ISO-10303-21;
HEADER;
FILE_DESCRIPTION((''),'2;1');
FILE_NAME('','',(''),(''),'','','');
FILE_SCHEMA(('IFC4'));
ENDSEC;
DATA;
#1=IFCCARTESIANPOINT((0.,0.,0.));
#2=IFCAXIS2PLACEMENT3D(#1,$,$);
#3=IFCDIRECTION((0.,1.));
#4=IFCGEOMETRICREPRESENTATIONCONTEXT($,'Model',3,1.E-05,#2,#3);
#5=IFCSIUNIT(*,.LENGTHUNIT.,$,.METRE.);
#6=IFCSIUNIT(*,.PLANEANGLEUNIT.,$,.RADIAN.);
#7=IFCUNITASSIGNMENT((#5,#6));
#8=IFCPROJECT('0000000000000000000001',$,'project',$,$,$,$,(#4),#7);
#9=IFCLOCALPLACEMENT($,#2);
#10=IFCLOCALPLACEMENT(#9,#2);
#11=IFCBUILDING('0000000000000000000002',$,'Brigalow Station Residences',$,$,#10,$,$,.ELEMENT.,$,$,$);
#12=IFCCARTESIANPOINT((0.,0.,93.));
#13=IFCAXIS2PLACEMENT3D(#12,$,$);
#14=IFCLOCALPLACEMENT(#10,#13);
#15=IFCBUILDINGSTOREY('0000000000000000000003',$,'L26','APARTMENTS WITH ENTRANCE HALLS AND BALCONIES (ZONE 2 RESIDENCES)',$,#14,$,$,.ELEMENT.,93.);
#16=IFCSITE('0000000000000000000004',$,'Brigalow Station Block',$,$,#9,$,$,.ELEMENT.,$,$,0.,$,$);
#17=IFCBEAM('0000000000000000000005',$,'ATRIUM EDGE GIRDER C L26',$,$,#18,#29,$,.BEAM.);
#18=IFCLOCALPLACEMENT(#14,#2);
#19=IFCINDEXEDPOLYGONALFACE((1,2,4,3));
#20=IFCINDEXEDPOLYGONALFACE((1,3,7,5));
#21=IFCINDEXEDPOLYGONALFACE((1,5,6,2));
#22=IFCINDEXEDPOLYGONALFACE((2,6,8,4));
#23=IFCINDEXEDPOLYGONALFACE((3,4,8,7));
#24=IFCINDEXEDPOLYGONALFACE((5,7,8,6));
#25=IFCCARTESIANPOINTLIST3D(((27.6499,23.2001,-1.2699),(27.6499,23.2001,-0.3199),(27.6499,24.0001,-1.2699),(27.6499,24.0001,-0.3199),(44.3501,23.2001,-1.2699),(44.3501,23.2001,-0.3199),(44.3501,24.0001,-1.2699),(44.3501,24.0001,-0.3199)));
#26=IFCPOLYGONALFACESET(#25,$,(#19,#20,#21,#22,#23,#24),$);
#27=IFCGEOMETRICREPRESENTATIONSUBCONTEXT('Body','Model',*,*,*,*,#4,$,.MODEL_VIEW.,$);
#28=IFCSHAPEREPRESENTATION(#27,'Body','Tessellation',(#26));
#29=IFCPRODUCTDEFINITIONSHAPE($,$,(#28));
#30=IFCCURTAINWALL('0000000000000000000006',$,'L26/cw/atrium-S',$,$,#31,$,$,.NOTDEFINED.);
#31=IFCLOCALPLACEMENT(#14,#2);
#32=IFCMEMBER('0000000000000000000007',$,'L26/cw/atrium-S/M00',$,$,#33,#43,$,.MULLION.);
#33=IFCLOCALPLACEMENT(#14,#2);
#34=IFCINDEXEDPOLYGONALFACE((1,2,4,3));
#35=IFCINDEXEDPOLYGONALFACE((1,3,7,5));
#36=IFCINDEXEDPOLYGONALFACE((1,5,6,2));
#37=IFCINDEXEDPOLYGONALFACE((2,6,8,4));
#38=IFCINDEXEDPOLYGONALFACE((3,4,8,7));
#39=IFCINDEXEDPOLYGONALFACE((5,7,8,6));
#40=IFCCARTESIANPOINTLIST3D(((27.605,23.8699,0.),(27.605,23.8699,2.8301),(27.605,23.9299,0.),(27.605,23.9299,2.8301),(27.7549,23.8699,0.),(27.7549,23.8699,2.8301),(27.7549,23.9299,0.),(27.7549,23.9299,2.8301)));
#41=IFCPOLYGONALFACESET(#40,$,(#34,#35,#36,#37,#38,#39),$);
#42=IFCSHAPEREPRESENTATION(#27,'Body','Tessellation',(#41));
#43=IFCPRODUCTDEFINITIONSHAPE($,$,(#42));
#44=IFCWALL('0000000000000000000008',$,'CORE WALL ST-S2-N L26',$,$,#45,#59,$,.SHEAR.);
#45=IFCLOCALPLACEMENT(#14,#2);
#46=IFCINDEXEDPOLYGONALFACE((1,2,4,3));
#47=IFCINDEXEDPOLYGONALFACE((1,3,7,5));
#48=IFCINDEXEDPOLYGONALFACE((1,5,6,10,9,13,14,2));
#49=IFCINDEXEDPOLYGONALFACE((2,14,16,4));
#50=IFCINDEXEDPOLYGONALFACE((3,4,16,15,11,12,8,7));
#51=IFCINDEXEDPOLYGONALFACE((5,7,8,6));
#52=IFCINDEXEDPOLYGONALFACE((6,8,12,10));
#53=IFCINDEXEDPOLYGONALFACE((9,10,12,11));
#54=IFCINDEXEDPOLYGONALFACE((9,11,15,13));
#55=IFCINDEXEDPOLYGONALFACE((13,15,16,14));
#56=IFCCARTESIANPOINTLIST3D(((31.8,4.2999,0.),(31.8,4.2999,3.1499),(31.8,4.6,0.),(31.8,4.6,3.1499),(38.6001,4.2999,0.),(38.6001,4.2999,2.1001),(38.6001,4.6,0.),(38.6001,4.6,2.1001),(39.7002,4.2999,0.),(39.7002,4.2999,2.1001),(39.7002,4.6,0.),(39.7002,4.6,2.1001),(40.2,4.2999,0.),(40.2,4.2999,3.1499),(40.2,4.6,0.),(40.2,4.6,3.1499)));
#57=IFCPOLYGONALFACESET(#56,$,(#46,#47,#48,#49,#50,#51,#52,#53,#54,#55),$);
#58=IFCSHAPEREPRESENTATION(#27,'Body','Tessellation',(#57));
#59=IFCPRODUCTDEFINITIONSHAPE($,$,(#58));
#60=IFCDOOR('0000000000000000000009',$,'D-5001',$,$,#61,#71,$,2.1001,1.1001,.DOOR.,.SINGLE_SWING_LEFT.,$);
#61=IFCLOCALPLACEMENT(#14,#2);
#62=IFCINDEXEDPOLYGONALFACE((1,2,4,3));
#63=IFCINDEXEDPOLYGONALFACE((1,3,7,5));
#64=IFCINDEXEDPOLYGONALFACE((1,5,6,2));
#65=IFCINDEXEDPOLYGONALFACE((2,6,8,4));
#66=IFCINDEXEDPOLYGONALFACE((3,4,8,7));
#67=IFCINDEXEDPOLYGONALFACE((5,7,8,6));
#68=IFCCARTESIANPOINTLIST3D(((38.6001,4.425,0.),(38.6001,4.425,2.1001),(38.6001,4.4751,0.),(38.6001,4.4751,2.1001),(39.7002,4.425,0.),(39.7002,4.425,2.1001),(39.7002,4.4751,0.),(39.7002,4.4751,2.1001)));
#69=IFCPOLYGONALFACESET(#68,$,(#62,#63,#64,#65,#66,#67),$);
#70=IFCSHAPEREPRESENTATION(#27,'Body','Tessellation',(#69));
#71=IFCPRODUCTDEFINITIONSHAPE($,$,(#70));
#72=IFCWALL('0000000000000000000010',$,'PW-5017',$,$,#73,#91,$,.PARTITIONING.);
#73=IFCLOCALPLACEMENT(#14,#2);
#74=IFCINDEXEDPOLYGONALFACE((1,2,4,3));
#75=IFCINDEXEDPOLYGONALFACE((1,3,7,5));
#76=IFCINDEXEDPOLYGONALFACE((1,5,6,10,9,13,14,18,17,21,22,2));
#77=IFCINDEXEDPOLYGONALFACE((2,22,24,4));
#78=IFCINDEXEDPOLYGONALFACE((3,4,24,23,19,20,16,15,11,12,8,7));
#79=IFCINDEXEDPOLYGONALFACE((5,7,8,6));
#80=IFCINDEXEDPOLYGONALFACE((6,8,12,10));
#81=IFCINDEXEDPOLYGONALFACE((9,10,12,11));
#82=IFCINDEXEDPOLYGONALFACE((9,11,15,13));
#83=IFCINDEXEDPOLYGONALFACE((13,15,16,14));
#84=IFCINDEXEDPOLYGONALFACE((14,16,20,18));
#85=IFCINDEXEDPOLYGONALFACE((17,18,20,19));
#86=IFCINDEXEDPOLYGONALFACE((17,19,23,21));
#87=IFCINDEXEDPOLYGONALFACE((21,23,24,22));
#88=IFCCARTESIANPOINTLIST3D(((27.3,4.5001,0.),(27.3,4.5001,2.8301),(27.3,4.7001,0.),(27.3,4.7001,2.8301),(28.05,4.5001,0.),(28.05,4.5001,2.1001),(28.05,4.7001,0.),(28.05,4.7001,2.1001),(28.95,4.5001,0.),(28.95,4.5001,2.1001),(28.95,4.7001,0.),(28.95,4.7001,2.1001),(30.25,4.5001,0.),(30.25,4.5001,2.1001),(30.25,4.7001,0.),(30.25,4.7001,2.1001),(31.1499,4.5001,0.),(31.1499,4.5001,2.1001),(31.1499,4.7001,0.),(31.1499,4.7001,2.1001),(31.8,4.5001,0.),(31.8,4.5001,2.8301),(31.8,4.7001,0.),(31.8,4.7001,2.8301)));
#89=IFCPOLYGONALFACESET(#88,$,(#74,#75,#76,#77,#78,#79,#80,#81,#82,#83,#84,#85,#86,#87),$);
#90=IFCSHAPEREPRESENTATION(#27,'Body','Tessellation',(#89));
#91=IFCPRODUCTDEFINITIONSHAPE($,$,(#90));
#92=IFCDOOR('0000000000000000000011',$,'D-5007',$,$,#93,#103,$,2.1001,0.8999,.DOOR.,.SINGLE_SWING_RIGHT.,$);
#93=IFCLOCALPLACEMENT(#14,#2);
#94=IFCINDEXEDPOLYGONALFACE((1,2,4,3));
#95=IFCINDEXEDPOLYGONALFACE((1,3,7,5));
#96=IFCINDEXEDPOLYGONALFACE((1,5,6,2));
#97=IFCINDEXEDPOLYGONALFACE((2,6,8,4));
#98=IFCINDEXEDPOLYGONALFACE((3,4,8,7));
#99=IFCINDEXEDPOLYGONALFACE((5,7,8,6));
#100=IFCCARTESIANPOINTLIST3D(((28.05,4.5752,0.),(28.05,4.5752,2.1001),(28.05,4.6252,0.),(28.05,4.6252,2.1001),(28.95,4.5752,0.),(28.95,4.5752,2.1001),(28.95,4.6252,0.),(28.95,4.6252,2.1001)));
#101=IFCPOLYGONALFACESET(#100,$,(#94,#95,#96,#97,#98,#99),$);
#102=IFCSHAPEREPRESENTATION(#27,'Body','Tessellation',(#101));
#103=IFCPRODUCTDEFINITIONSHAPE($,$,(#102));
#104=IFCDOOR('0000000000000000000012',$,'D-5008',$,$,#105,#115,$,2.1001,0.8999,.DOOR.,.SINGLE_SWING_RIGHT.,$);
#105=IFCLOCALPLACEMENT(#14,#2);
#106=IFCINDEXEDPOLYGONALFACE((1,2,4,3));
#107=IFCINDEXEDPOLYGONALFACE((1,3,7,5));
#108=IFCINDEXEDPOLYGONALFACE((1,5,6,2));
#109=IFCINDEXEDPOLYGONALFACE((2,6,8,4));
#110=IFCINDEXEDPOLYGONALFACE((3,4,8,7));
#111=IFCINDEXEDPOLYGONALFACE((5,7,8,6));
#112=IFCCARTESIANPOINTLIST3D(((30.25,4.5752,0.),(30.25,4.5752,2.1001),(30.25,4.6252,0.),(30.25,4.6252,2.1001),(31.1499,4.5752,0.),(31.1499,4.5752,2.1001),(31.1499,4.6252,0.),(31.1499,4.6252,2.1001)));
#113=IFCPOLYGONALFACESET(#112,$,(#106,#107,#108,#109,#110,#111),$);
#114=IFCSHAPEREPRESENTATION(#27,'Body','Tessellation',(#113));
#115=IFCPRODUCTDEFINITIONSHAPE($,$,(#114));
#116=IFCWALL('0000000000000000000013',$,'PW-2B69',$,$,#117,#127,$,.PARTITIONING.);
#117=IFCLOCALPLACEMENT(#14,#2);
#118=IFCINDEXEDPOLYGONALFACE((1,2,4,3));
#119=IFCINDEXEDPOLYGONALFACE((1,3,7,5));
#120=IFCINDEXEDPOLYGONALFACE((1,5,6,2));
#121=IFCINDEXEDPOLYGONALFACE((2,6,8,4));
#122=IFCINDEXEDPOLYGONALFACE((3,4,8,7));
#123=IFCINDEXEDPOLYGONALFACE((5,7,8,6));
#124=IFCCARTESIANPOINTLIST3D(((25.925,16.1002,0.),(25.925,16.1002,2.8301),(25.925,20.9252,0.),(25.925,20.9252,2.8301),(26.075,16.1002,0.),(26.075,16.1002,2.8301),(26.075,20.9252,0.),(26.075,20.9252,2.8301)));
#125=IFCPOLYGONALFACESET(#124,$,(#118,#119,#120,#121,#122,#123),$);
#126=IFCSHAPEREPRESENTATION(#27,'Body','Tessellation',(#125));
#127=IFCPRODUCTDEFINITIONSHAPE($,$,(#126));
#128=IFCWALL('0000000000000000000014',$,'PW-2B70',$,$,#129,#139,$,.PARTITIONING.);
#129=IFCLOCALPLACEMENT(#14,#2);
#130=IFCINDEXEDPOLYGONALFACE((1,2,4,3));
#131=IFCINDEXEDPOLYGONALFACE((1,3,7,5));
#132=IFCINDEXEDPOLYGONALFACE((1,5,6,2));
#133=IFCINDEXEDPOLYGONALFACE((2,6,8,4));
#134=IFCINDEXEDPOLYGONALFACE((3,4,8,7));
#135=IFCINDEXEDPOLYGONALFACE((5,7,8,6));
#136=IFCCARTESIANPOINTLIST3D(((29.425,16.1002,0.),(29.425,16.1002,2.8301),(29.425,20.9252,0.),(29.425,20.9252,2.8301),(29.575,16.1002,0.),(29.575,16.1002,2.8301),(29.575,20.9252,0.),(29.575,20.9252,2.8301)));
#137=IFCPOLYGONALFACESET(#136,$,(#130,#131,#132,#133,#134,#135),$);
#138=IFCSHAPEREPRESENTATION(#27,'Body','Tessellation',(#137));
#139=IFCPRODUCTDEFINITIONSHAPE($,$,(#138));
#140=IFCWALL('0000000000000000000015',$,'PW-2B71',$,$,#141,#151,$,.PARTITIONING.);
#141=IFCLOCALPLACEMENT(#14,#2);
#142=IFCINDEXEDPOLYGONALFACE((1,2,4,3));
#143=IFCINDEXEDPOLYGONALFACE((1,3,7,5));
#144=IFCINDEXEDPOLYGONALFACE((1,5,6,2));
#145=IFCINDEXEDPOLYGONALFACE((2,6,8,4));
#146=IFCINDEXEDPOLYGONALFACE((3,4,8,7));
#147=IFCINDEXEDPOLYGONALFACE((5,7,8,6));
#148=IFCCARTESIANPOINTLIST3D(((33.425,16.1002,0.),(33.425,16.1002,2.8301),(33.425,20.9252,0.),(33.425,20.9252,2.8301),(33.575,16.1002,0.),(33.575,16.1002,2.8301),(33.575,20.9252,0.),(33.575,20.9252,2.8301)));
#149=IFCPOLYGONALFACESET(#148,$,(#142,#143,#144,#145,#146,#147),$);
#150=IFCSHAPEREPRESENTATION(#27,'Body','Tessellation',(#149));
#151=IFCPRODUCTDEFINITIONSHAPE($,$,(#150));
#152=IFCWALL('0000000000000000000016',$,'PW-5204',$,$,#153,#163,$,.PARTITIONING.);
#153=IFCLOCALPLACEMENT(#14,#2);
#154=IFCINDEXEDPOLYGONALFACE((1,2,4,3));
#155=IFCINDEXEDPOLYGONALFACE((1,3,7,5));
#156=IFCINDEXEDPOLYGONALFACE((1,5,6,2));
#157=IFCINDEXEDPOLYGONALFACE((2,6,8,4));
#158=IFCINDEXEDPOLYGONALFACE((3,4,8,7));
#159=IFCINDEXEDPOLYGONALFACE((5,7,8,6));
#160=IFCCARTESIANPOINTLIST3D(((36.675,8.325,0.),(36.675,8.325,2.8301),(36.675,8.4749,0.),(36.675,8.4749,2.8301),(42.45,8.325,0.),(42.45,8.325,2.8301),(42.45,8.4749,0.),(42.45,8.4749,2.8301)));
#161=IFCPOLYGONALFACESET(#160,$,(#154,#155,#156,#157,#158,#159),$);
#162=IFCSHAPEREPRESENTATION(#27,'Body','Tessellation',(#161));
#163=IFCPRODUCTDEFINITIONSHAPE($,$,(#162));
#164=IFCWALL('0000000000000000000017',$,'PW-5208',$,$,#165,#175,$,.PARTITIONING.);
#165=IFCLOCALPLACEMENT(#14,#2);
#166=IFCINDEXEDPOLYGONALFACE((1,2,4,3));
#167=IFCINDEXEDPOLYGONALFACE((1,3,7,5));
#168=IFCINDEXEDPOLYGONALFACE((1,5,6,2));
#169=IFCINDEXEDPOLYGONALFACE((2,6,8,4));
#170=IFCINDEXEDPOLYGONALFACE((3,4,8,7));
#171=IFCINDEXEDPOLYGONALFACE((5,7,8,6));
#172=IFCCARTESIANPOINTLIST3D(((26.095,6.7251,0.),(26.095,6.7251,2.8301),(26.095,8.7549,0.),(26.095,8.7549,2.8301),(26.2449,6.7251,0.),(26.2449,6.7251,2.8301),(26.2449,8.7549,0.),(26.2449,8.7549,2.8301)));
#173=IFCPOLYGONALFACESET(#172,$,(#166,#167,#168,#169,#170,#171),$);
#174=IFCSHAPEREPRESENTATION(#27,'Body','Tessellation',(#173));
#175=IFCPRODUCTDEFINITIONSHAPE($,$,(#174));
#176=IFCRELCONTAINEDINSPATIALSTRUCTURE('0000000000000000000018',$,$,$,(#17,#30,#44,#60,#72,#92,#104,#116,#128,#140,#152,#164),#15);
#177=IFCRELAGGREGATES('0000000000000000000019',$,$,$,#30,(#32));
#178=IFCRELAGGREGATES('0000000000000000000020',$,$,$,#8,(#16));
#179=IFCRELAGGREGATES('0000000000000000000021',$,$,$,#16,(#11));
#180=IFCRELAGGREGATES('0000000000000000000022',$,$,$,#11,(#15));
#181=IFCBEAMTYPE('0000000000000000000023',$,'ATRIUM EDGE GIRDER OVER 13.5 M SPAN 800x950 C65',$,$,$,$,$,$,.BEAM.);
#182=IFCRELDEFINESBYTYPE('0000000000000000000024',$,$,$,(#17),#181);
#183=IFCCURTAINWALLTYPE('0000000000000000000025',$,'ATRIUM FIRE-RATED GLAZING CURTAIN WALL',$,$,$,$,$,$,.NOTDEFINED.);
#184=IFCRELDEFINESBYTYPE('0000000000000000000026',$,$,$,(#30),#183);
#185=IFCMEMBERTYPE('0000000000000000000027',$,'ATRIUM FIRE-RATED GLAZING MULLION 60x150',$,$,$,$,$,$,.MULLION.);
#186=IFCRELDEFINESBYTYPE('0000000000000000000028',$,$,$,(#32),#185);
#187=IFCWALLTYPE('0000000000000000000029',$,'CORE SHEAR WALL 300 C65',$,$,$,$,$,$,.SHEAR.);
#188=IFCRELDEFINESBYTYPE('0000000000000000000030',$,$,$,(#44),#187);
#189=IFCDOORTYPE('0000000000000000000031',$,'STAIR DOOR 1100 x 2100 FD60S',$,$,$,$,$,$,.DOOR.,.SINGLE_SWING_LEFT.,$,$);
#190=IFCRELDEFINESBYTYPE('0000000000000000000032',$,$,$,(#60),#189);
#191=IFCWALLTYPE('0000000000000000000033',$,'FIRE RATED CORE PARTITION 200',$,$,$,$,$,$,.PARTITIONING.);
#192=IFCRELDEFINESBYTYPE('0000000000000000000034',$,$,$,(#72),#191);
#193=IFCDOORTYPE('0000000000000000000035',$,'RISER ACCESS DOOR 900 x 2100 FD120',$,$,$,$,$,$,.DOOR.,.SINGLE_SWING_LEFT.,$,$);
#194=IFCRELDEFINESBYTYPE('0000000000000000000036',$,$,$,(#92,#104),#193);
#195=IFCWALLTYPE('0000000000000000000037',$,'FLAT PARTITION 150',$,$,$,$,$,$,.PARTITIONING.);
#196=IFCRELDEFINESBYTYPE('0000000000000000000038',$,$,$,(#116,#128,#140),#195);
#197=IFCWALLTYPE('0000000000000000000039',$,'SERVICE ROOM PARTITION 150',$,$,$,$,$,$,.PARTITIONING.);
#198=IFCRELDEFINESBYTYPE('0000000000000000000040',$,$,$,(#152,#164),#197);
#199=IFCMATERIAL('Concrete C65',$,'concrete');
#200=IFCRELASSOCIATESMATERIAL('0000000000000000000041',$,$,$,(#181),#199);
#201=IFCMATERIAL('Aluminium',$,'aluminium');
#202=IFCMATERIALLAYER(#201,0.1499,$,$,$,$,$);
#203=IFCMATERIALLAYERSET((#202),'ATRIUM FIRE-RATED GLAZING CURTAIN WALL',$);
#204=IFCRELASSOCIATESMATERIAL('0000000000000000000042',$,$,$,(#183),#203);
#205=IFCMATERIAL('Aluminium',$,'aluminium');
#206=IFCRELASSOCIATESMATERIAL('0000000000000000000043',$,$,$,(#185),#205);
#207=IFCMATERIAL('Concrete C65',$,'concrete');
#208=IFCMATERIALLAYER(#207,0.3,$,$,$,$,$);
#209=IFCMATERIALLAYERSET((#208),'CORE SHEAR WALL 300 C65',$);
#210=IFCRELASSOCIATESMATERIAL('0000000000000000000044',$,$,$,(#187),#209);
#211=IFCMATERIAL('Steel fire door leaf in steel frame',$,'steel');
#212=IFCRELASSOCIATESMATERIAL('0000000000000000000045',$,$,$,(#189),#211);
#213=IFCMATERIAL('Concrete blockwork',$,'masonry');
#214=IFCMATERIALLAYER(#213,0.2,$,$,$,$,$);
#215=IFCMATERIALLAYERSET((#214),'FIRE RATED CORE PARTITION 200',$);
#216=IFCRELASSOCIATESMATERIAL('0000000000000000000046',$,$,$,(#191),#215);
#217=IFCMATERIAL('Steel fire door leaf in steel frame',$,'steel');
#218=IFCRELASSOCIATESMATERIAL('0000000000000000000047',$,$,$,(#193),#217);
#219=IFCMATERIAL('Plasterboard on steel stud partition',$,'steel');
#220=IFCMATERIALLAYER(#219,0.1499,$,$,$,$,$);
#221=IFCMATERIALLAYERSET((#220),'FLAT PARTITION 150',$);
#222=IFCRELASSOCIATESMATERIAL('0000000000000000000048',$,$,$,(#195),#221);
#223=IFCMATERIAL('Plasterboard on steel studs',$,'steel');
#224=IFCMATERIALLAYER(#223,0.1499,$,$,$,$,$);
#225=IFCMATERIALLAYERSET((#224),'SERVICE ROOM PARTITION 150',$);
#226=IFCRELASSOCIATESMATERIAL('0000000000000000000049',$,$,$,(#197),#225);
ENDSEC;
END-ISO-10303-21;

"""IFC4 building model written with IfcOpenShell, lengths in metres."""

from ifc_helpers import new_model, si_unit, direction, frame, frame_2d, origin, origin_2d, place, context, subcontext, project, spatial, rectangle, extrude, material, layer, layer_set, material_profile, profile_set, type_object, element, fill, aggregate, save


model = new_model("IFC4")

# Units and contexts
model_context = context("Model", 3, precision=1e-05, world=origin(), true_north=direction((0.0, 1.0)))
body_context = subcontext(model_context, "Body", "Model", "MODEL_VIEW")
ifc_project = project(units=[si_unit("LENGTHUNIT", "METRE"), si_unit("PLANEANGLEUNIT", "RADIAN")], contexts=[model_context])

# Site, building, storey
site_placement = place(None, origin())
site = spatial("IfcSite", under=ifc_project, at=site_placement, Name="Brigalow Station Block", CompositionType="ELEMENT", RefElevation=0.0)
building_placement = place(site_placement, origin())
building = spatial("IfcBuilding", under=site, at=building_placement, Name="Brigalow Station Residences", CompositionType="ELEMENT")
storey_placement = place(building_placement, frame((0.0, 0.0, 93.0)))
storey = spatial("IfcBuildingStorey", under=building, at=storey_placement, Name="L26", Description="APARTMENTS WITH ENTRANCE HALLS AND BALCONIES (ZONE 2 RESIDENCES)", CompositionType="ELEMENT", Elevation=93.0)

# Beam
ifc_material_1 = material(Name="Concrete C65", Category="concrete")
ifc_material_profile_1 = material_profile(ifc_material_1, rectangle(XDim=0.8, YDim=0.95, at=origin_2d()), Name="RC800x950")
ifc_profile_set_1 = profile_set([ifc_material_profile_1], Name="Concrete C65")
beam_type = type_object("IfcBeamType", Name="ATRIUM EDGE GIRDER OVER 13.5 M SPAN 800x950 C65", PredefinedType="BEAM", material=ifc_profile_set_1)
beam_placement = place(storey_placement, frame((27.6499, 23.6001, -0.7949), z_axis=(1.0, 0.0, 0.0), x_axis=(0.0, 1.0, 0.0)))
element("IfcBeam", 1, at=beam_placement, inside=storey, type_object=beam_type, Name="ATRIUM EDGE GIRDER C L26", PredefinedType="BEAM", context=body_context, shape_type="SweptSolid", body=[
    extrude(rectangle(XDim=0.8, YDim=0.95, at=origin_2d()), origin(), (0.0, 0.0, 1.0), 16.7002),
])

# Curtain wall, member
ifc_material_2 = material(Name="Aluminium", Category="aluminium")
ifc_layer_1 = layer(ifc_material_2, 0.1499)
ifc_layer_set_1 = layer_set([ifc_layer_1], Name="ATRIUM FIRE-RATED GLAZING CURTAIN WALL")
curtain_wall_type = type_object("IfcCurtainWallType", Name="ATRIUM FIRE-RATED GLAZING CURTAIN WALL", PredefinedType="NOTDEFINED", material=ifc_layer_set_1)
curtain_wall_placement = place(storey_placement, origin())
curtain_wall = element("IfcCurtainWall", 2, at=curtain_wall_placement, inside=storey, type_object=curtain_wall_type, Name="L26/cw/atrium-S", PredefinedType="NOTDEFINED")
ifc_material_3 = material(Name="Aluminium", Category="aluminium")
ifc_material_profile_2 = material_profile(ifc_material_3, rectangle(XDim=0.0601, YDim=0.1499, at=origin_2d()), Name="ATRIUM FIRE-RATED GLAZING MULLION 60x150")
ifc_profile_set_2 = profile_set([ifc_material_profile_2], Name="Aluminium")
member_type = type_object("IfcMemberType", Name="ATRIUM FIRE-RATED GLAZING MULLION 60x150", PredefinedType="MULLION", material=ifc_profile_set_2)
member_placement = place(storey_placement, frame((27.6799, 23.8999, 0.0), z_axis=(0.0, 0.0, 1.0), x_axis=(0.0, 1.0, 0.0)))
member = element("IfcMember", 3, at=member_placement, type_object=member_type, Name="L26/cw/atrium-S/M00", PredefinedType="MULLION", context=body_context, shape_type="SweptSolid", body=[
    extrude(rectangle(XDim=0.0601, YDim=0.1499, at=origin_2d()), origin(), (0.0, 0.0, 1.0), 2.8301),
])
aggregate(curtain_wall, [member])

# Wall, opening, door
ifc_material_4 = material(Name="Concrete C65", Category="concrete")
ifc_layer_2 = layer(ifc_material_4, 0.3)
ifc_layer_set_2 = layer_set([ifc_layer_2], Name="CORE SHEAR WALL 300 C65")
wall_type_1 = type_object("IfcWallType", Name="CORE SHEAR WALL 300 C65", PredefinedType="SHEAR", material=ifc_layer_set_2)
wall_1_placement = place(storey_placement, frame((31.8, 4.45, 0.0), z_axis=(0.0, 0.0, 1.0), x_axis=(1.0, 0.0, 0.0)))
wall_1 = element("IfcWall", 4, at=wall_1_placement, inside=storey, type_object=wall_type_1, Name="CORE WALL ST-S2-N L26", PredefinedType="SHEAR", context=body_context, shape_type="SweptSolid", body=[
    extrude(rectangle(XDim=8.3999, YDim=0.3, at=frame_2d((4.2, 0.0))), origin(), (0.0, 0.0, 1.0), 3.1499),
])
opening_1_placement = place(wall_1_placement, frame((6.8, 0.0, 0.0)))
opening_1 = element("IfcOpeningElement", 5, at=opening_1_placement, cuts=wall_1, PredefinedType="OPENING", context=body_context, shape_type="SweptSolid", body=[
    extrude(rectangle(XDim=1.1001, YDim=2.1001, at=frame_2d((0.55, 1.05))), frame((0.0, 0.1602, 0.0), z_axis=(0.0, -1.0, 0.0), x_axis=(1.0, 0.0, 0.0)), (0.0, 0.0, 1.0), 0.3201),
])
ifc_material_5 = material(Name="Steel fire door leaf in steel frame", Category="steel")
door_type_1 = type_object("IfcDoorType", Name="STAIR DOOR 1100 x 2100 FD60S", OperationType="SINGLE_SWING_LEFT", PredefinedType="DOOR", material=ifc_material_5)
door_1_placement = place(opening_1_placement, frame((1.1001, 0.0, 0.0), z_axis=(0.0, 0.0, 1.0), x_axis=(-1.0, 0.0, 0.0)))
door_1 = element("IfcDoor", 6, at=door_1_placement, inside=storey, type_object=door_type_1, Name="D-5001", OperationType="SINGLE_SWING_LEFT", OverallHeight=2.1001, OverallWidth=1.1001, PredefinedType="DOOR", context=body_context, shape_type="SweptSolid", body=[
    extrude(rectangle(XDim=1.1001, YDim=2.1001, at=frame_2d((0.55, 1.05))), frame((0.0, 0.0249, 0.0), z_axis=(0.0, -1.0, 0.0), x_axis=(1.0, 0.0, 0.0)), (0.0, 0.0, 1.0), 0.05),
])
fill(opening_1, door_1)

# Wall, openings, doors
ifc_material_6 = material(Name="Concrete blockwork", Category="masonry")
ifc_layer_3 = layer(ifc_material_6, 0.2)
ifc_layer_set_3 = layer_set([ifc_layer_3], Name="FIRE RATED CORE PARTITION 200")
wall_type_2 = type_object("IfcWallType", Name="FIRE RATED CORE PARTITION 200", PredefinedType="PARTITIONING", material=ifc_layer_set_3)
wall_2_placement = place(storey_placement, frame((27.3, 4.6001, 0.0), z_axis=(0.0, 0.0, 1.0), x_axis=(1.0, 0.0, 0.0)))
wall_2 = element("IfcWall", 7, at=wall_2_placement, inside=storey, type_object=wall_type_2, Name="PW-5017", PredefinedType="PARTITIONING", context=body_context, shape_type="SweptSolid", body=[
    extrude(rectangle(XDim=4.5, YDim=0.2, at=frame_2d((2.25, 0.0))), origin(), (0.0, 0.0, 1.0), 2.8301),
])
opening_2_placement = place(wall_2_placement, frame((0.75, 0.0, 0.0)))
opening_2 = element("IfcOpeningElement", 8, at=opening_2_placement, cuts=wall_2, PredefinedType="OPENING", context=body_context, shape_type="SweptSolid", body=[
    extrude(rectangle(XDim=0.8999, YDim=2.1001, at=frame_2d((0.45, 1.05))), frame((0.0, 0.1099, 0.0), z_axis=(0.0, -1.0, 0.0), x_axis=(1.0, 0.0, 0.0)), (0.0, 0.0, 1.0), 0.22),
])
opening_3_placement = place(wall_2_placement, frame((2.95, 0.0, 0.0)))
opening_3 = element("IfcOpeningElement", 9, at=opening_3_placement, cuts=wall_2, PredefinedType="OPENING", context=body_context, shape_type="SweptSolid", body=[
    extrude(rectangle(XDim=0.8999, YDim=2.1001, at=frame_2d((0.45, 1.05))), frame((0.0, 0.1099, 0.0), z_axis=(0.0, -1.0, 0.0), x_axis=(1.0, 0.0, 0.0)), (0.0, 0.0, 1.0), 0.22),
])
ifc_material_7 = material(Name="Steel fire door leaf in steel frame", Category="steel")
door_type_2 = type_object("IfcDoorType", Name="RISER ACCESS DOOR 900 x 2100 FD120", OperationType="SINGLE_SWING_LEFT", PredefinedType="DOOR", material=ifc_material_7)
door_2_placement = place(opening_2_placement, frame((0.8999, 0.0, 0.0), z_axis=(0.0, 0.0, 1.0), x_axis=(-1.0, 0.0, 0.0)))
door_2 = element("IfcDoor", 10, at=door_2_placement, inside=storey, type_object=door_type_2, Name="D-5007", OperationType="SINGLE_SWING_RIGHT", OverallHeight=2.1001, OverallWidth=0.8999, PredefinedType="DOOR", context=body_context, shape_type="SweptSolid", body=[
    extrude(rectangle(XDim=0.8999, YDim=2.1001, at=frame_2d((0.45, 1.05))), frame((0.0, 0.0249, 0.0), z_axis=(0.0, -1.0, 0.0), x_axis=(1.0, 0.0, 0.0)), (0.0, 0.0, 1.0), 0.05),
])
fill(opening_2, door_2)
door_3_placement = place(opening_3_placement, frame((0.8999, 0.0, 0.0), z_axis=(0.0, 0.0, 1.0), x_axis=(-1.0, 0.0, 0.0)))
door_3 = element("IfcDoor", 11, at=door_3_placement, inside=storey, type_object=door_type_2, Name="D-5008", OperationType="SINGLE_SWING_RIGHT", OverallHeight=2.1001, OverallWidth=0.8999, PredefinedType="DOOR", context=body_context, shape_type="SweptSolid", body=[
    extrude(rectangle(XDim=0.8999, YDim=2.1001, at=frame_2d((0.45, 1.05))), frame((0.0, 0.0249, 0.0), z_axis=(0.0, -1.0, 0.0), x_axis=(1.0, 0.0, 0.0)), (0.0, 0.0, 1.0), 0.05),
])
fill(opening_3, door_3)

# Walls
ifc_material_8 = material(Name="Plasterboard on steel stud partition", Category="steel")
ifc_layer_4 = layer(ifc_material_8, 0.1499)
ifc_layer_set_4 = layer_set([ifc_layer_4], Name="FLAT PARTITION 150")
wall_type_3 = type_object("IfcWallType", Name="FLAT PARTITION 150", PredefinedType="PARTITIONING", material=ifc_layer_set_4)
for number, where, z_axis, x_axis, name in (
    (12, (26.0, 16.1001, 0.0), (0.0, 0.0, 1.0), (0.0, 1.0, 0.0), "PW-2B69"),
    (13, (29.5, 16.1001, 0.0), (0.0, 0.0, 1.0), (0.0, 1.0, 0.0), "PW-2B70"),
    (14, (33.5, 16.1001, 0.0), (0.0, 0.0, 1.0), (0.0, 1.0, 0.0), "PW-2B71"),
):
    element("IfcWall", number, at=place(storey_placement, frame(where, z_axis=z_axis, x_axis=x_axis)), inside=storey, type_object=wall_type_3, Name=name, PredefinedType="PARTITIONING", context=body_context, shape_type="SweptSolid", body=[
        extrude(rectangle(XDim=4.825, YDim=0.1499, at=frame_2d((2.4126, 0.0))), origin(), (0.0, 0.0, 1.0), 2.8301),
    ])
ifc_material_9 = material(Name="Plasterboard on steel studs", Category="steel")
ifc_layer_5 = layer(ifc_material_9, 0.1499)
ifc_layer_set_5 = layer_set([ifc_layer_5], Name="SERVICE ROOM PARTITION 150")
wall_type_4 = type_object("IfcWallType", Name="SERVICE ROOM PARTITION 150", PredefinedType="PARTITIONING", material=ifc_layer_set_5)
wall_3_placement = place(storey_placement, frame((36.675, 8.3999, 0.0), z_axis=(0.0, 0.0, 1.0), x_axis=(1.0, 0.0, 0.0)))
element("IfcWall", 15, at=wall_3_placement, inside=storey, type_object=wall_type_4, Name="PW-5204", PredefinedType="PARTITIONING", context=body_context, shape_type="SweptSolid", body=[
    extrude(rectangle(XDim=5.7749, YDim=0.1499, at=frame_2d((2.8875, 0.0))), origin(), (0.0, 0.0, 1.0), 2.8301),
])
for number, where, z_axis, x_axis, name in (
    (16, (26.1699, 6.7251, 0.0), (0.0, 0.0, 1.0), (0.0, 1.0, 0.0), "PW-5208"),
):
    element("IfcWall", number, at=place(storey_placement, frame(where, z_axis=z_axis, x_axis=x_axis)), inside=storey, type_object=wall_type_4, Name=name, PredefinedType="PARTITIONING", context=body_context, shape_type="SweptSolid", body=[
        extrude(rectangle(XDim=2.0298, YDim=0.1499, at=frame_2d((1.0149, 0.0))), origin(), (0.0, 0.0, 1.0), 2.8301),
    ])

save(model, "model.ifc")
